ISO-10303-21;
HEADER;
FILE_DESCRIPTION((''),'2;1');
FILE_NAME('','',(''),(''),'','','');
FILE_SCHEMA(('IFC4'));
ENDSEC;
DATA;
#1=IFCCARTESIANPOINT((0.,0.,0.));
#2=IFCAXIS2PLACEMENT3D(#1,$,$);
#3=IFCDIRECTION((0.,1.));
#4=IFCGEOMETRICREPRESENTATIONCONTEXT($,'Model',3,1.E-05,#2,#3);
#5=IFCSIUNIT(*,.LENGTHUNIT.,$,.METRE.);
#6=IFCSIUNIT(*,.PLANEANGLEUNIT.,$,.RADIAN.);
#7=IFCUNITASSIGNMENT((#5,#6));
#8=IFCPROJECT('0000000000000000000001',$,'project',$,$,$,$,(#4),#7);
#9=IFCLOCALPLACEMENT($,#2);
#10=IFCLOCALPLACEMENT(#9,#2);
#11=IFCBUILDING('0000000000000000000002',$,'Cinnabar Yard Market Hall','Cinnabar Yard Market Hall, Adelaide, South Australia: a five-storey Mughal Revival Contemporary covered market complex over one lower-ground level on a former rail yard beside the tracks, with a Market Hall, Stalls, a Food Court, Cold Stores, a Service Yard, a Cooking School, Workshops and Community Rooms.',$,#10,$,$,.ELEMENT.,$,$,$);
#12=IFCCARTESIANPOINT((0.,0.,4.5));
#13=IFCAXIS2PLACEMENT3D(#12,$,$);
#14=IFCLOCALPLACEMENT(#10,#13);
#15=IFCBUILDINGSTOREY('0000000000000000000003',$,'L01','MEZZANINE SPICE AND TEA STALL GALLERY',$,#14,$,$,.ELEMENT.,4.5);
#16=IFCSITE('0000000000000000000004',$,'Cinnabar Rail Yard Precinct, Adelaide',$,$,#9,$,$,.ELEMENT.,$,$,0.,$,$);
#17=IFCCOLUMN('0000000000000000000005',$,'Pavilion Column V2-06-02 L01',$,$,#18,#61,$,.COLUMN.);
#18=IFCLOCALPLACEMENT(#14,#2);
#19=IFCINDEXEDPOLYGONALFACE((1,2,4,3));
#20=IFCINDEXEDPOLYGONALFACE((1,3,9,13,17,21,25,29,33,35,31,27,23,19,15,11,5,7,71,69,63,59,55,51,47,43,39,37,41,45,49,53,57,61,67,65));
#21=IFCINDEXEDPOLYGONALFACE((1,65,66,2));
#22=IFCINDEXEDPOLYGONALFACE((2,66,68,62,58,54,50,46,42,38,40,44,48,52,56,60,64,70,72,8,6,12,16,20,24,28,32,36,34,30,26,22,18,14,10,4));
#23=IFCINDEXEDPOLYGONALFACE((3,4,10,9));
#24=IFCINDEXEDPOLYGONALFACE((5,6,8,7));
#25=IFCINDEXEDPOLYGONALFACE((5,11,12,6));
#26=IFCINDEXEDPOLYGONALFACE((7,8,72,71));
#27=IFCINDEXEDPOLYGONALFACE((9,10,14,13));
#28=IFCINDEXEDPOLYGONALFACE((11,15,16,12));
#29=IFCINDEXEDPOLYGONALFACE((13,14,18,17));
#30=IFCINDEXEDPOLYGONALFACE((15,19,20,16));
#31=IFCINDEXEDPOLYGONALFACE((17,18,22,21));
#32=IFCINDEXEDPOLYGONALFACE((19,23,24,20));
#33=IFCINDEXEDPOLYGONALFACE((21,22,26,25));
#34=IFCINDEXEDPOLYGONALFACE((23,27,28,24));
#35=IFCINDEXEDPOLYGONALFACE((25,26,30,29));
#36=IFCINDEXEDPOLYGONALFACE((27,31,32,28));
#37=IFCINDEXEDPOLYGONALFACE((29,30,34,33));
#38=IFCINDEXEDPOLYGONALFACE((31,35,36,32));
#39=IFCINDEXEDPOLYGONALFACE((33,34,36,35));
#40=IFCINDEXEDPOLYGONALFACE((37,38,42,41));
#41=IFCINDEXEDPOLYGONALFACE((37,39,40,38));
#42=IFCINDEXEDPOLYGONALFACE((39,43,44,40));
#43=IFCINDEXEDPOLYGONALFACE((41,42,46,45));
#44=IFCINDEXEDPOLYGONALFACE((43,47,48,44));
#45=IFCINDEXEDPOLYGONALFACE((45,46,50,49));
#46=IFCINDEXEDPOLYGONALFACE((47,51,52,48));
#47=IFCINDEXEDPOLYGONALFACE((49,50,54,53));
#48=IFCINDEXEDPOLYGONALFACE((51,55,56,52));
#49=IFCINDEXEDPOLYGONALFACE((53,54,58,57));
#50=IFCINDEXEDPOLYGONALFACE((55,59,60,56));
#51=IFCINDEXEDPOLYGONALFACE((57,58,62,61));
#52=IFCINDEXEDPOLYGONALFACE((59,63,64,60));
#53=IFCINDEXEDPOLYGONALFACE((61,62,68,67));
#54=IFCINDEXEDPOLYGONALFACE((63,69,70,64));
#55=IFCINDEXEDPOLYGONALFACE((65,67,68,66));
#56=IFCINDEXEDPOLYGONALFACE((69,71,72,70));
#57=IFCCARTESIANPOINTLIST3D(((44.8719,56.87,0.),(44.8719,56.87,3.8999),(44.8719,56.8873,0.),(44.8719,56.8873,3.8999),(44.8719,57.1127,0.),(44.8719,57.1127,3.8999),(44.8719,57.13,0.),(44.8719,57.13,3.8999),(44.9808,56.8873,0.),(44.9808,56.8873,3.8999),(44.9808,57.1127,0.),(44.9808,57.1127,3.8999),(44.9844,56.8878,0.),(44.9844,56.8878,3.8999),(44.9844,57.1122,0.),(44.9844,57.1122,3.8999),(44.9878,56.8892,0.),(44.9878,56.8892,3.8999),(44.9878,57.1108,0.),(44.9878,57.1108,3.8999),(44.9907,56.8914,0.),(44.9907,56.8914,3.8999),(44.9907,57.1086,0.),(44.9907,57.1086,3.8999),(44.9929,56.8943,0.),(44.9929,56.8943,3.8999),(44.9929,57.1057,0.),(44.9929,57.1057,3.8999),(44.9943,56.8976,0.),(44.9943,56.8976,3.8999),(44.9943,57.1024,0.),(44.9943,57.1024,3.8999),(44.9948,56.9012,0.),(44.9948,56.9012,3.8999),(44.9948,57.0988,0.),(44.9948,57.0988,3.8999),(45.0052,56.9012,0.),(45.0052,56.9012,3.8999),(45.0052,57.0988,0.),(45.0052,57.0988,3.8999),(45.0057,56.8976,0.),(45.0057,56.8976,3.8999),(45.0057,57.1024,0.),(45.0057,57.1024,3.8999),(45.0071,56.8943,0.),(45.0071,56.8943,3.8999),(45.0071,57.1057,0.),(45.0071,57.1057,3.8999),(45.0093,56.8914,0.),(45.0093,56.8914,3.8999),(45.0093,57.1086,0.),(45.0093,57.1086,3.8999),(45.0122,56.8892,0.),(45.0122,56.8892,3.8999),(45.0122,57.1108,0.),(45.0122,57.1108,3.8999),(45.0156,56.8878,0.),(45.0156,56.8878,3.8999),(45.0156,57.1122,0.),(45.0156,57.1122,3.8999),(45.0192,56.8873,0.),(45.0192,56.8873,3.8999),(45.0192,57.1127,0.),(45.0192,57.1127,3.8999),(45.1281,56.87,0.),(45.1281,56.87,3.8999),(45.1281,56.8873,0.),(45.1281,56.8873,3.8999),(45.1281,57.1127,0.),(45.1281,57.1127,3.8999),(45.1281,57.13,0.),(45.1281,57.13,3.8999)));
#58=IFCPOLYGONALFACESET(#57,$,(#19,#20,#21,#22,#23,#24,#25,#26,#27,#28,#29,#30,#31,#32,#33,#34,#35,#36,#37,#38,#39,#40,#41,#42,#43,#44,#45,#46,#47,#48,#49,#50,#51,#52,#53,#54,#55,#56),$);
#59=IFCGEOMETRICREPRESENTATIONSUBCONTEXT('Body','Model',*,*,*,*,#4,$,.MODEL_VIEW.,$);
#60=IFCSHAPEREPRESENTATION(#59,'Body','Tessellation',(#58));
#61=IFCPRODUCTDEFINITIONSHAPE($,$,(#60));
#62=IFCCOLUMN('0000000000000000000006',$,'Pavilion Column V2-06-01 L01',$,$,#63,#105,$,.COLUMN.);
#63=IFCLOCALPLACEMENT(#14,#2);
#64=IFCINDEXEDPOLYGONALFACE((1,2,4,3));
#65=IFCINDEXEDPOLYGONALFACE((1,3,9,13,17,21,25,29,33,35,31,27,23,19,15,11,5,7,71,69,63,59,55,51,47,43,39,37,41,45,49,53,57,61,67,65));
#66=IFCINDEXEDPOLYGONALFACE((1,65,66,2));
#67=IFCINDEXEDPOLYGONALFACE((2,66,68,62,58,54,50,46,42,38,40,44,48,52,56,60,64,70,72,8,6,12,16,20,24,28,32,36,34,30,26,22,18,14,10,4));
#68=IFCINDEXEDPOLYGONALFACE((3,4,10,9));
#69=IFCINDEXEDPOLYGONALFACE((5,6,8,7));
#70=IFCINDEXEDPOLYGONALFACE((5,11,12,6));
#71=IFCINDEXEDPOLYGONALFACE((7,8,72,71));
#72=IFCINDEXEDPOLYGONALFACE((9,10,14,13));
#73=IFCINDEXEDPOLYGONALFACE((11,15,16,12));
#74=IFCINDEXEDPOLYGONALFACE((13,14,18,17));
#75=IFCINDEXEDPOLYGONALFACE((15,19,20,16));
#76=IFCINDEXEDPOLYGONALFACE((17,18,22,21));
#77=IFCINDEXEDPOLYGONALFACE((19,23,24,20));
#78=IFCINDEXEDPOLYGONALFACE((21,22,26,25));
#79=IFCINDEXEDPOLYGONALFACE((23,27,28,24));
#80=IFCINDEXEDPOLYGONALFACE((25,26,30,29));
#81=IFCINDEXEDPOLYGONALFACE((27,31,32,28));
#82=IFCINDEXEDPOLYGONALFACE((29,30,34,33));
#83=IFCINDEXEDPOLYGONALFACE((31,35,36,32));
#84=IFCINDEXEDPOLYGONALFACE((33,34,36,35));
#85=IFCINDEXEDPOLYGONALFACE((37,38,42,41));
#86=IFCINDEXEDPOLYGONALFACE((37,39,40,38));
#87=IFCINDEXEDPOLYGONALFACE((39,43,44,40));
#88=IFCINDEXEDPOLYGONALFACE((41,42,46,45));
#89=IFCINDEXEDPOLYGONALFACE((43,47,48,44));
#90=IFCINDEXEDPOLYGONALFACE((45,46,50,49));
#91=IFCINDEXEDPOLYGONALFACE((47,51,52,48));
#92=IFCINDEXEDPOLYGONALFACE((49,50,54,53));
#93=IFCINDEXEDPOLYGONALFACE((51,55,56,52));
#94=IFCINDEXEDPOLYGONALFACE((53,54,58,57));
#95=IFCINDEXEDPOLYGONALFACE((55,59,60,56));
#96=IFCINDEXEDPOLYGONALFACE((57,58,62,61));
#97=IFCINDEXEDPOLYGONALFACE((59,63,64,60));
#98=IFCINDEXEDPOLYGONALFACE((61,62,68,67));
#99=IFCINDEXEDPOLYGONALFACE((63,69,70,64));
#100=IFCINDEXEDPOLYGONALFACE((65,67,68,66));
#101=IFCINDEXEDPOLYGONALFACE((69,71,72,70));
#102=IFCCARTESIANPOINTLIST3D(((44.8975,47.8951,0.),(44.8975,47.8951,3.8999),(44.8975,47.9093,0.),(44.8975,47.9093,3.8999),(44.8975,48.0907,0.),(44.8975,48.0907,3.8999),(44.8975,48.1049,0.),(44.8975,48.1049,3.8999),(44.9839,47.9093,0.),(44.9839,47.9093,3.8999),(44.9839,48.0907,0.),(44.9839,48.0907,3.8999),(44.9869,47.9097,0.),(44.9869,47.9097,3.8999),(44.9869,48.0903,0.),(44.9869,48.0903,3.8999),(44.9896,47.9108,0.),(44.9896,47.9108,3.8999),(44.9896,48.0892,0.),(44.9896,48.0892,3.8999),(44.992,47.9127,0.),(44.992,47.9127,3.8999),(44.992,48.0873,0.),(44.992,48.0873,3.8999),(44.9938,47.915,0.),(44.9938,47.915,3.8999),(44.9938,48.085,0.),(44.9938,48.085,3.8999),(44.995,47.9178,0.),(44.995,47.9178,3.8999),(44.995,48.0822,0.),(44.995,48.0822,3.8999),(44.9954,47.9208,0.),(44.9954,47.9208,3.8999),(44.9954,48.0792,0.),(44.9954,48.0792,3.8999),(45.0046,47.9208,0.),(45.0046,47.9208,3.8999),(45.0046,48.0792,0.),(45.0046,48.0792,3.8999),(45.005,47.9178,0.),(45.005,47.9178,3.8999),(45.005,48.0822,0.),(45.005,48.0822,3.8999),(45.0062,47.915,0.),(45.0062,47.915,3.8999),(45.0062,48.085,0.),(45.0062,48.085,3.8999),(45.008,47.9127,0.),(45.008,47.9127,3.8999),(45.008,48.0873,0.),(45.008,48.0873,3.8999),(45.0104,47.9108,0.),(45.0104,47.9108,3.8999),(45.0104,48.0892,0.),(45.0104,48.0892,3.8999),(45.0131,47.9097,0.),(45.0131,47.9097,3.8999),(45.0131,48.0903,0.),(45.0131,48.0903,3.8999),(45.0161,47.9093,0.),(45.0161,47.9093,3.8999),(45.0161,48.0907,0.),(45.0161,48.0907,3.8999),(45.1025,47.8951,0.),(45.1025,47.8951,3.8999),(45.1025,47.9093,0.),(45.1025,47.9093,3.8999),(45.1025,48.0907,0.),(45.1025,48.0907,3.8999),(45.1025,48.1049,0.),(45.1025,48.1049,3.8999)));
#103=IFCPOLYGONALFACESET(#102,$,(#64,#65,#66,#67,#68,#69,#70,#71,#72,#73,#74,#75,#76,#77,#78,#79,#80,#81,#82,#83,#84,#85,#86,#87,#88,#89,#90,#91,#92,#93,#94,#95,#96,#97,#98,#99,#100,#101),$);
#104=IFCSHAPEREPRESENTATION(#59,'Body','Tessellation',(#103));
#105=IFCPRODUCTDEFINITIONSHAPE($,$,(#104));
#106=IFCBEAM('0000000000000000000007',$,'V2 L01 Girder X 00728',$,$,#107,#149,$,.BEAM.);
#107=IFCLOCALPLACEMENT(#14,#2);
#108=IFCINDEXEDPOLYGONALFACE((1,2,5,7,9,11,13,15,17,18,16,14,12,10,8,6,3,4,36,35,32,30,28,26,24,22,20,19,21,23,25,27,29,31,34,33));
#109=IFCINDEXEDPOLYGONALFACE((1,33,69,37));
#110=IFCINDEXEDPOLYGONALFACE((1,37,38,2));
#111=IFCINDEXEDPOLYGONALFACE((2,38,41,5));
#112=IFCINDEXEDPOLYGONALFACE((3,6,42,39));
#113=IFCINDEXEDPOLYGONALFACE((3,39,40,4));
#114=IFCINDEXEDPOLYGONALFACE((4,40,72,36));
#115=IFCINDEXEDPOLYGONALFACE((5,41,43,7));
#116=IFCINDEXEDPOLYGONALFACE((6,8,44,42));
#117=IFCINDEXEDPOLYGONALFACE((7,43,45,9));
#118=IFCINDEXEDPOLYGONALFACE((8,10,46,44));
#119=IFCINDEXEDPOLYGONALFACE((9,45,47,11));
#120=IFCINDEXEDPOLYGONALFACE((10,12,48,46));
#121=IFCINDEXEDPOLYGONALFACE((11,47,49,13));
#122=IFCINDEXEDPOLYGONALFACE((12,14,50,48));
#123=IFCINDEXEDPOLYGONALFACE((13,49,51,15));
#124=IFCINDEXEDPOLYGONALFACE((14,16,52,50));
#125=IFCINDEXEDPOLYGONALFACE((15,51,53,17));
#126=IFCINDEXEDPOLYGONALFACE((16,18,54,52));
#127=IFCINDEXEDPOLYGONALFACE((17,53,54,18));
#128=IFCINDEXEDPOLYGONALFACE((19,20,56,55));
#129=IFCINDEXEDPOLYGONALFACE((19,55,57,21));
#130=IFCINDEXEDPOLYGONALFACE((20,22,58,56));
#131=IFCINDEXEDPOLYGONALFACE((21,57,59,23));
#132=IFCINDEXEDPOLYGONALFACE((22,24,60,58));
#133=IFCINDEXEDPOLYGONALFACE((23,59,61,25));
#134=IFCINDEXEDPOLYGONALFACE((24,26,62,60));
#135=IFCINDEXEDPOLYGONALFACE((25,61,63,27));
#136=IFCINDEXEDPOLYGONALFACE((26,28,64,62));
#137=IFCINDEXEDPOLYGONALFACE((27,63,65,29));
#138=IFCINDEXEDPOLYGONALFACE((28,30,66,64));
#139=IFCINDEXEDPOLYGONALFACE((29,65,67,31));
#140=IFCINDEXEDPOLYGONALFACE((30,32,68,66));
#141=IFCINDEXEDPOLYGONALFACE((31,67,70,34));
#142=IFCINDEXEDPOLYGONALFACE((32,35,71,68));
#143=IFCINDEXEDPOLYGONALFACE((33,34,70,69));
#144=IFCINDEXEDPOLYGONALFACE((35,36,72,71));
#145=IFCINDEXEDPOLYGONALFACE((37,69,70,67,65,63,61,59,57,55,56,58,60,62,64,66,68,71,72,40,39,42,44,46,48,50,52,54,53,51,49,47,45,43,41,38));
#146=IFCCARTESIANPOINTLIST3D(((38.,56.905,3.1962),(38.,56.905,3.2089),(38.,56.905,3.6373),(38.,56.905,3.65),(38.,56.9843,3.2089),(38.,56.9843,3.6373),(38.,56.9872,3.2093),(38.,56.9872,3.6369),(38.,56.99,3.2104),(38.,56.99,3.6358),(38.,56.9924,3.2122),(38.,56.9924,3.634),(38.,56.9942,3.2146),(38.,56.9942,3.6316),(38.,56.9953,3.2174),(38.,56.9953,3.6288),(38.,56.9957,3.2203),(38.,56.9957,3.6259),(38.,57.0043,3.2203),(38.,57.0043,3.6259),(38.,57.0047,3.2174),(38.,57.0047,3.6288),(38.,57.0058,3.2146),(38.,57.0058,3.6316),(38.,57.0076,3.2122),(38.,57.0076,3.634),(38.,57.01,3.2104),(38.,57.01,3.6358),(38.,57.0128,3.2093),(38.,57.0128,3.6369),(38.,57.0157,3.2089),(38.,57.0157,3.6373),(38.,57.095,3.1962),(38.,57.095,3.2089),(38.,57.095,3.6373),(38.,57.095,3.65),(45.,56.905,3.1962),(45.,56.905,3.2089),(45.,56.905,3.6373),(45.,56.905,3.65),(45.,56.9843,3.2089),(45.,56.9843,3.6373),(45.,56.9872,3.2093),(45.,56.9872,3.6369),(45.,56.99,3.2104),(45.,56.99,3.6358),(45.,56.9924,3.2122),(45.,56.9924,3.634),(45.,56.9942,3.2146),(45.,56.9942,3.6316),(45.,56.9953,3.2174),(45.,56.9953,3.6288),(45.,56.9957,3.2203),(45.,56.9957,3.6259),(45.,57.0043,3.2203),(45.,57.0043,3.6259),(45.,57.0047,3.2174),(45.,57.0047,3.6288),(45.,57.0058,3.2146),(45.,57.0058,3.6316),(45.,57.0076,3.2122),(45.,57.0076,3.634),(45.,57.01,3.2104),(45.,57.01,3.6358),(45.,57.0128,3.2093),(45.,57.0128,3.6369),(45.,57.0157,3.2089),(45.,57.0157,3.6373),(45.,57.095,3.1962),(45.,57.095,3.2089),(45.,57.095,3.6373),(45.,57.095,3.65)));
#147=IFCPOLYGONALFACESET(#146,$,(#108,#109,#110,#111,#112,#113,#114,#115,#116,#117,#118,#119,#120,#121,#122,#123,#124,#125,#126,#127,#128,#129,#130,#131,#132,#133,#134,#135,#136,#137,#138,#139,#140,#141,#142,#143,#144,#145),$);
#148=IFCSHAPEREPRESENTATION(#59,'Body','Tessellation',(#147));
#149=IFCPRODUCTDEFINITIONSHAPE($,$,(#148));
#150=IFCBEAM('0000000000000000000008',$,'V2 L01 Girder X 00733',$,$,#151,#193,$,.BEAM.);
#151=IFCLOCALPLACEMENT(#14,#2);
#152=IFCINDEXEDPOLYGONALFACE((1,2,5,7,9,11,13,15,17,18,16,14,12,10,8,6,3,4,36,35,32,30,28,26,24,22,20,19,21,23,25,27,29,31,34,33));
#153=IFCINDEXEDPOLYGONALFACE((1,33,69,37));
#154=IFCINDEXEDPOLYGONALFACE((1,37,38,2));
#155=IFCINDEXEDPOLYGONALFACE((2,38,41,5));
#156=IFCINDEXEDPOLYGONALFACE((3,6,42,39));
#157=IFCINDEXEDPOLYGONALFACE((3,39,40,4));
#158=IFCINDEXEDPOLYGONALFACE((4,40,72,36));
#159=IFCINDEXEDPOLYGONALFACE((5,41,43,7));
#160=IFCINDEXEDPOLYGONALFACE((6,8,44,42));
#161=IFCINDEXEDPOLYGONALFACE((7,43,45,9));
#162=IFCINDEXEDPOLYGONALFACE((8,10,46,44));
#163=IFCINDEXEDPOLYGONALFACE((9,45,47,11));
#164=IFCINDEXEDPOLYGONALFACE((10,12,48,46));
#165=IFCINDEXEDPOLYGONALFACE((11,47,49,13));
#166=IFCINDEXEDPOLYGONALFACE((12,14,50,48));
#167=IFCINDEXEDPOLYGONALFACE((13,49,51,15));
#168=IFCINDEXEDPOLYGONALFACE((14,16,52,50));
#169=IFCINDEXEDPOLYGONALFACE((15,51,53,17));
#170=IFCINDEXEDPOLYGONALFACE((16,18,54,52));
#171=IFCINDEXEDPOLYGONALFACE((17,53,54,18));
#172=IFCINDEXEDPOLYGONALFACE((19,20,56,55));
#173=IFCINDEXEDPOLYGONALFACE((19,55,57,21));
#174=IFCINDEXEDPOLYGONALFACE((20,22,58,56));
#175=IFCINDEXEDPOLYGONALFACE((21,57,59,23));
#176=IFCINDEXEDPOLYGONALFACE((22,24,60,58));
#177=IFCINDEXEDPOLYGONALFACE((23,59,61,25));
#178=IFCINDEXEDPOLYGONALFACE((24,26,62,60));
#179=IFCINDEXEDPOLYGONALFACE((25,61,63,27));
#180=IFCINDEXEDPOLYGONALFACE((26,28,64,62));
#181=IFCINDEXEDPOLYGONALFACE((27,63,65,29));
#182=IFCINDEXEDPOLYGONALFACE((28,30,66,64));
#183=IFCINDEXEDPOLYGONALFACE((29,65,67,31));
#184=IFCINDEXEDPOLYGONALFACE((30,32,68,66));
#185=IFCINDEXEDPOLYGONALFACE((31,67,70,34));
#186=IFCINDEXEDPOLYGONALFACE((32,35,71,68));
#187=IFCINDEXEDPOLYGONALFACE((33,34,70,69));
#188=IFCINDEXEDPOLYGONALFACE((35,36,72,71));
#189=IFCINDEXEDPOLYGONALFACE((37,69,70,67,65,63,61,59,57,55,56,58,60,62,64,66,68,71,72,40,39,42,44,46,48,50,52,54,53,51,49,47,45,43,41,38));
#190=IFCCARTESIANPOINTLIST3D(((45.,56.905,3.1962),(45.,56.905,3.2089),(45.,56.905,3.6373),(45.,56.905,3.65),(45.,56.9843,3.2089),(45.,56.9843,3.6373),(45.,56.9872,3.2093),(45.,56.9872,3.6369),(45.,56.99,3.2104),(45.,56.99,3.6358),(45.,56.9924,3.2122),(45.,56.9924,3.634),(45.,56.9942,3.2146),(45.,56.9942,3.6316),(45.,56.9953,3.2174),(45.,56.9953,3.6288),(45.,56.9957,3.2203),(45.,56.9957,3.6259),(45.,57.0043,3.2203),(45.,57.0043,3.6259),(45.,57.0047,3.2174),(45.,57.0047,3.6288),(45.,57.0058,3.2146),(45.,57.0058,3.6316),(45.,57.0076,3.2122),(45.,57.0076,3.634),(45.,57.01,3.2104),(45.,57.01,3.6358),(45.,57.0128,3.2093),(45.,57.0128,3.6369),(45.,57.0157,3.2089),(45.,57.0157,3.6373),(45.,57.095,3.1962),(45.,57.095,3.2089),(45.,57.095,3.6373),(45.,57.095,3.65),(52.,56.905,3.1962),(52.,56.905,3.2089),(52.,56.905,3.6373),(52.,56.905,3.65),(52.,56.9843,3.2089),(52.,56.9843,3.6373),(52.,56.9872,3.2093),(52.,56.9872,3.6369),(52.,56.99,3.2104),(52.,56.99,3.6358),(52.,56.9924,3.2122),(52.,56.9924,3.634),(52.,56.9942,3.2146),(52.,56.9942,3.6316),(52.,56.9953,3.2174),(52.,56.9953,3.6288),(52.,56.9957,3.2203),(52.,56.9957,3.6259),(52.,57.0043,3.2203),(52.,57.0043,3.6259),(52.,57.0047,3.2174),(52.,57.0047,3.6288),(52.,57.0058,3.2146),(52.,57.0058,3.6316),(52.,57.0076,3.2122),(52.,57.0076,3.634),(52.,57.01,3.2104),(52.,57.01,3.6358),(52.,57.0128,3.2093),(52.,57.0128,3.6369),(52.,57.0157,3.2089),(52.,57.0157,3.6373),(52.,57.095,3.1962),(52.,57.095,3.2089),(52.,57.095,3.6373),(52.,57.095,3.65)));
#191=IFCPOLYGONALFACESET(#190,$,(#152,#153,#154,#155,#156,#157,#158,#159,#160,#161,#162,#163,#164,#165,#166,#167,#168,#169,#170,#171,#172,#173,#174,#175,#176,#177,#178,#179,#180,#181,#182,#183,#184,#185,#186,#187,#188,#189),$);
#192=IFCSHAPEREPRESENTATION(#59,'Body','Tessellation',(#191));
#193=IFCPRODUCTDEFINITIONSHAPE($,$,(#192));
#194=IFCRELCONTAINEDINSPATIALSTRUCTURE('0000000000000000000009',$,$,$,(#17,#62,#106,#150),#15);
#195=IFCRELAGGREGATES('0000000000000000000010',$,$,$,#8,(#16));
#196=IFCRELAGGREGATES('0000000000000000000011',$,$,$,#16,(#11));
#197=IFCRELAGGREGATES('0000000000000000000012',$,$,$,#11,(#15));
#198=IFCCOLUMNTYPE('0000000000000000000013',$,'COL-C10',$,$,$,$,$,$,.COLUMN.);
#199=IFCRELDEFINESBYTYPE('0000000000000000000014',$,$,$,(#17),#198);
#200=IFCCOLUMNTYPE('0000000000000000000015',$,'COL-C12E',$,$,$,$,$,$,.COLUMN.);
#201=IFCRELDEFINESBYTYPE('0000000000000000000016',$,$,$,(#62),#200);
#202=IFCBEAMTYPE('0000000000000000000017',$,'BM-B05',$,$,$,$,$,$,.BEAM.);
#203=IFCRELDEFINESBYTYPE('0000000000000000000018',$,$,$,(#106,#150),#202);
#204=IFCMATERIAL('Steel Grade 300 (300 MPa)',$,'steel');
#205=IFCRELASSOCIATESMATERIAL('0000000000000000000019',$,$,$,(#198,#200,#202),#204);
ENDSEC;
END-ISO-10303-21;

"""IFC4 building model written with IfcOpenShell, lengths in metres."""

from ifc_helpers import new_model, si_unit, direction, frame, origin, origin_2d_with_axis, place, context, subcontext, project, spatial, i_section, extrude, material, material_profile, profile_set, type_object, element, save


model = new_model("IFC4")

# Units and contexts
model_context = context("Model", 3, precision=1e-05, world=origin(), true_north=direction((0.0, 1.0)))
body_context = subcontext(model_context, "Body", "Model", "MODEL_VIEW")
ifc_project = project(units=[si_unit("LENGTHUNIT", "METRE"), si_unit("PLANEANGLEUNIT", "RADIAN")], contexts=[model_context])

# Site, building, storey
site_placement = place(None, origin())
site = spatial("IfcSite", under=ifc_project, at=site_placement, Name="Cinnabar Rail Yard Precinct, Adelaide", CompositionType="ELEMENT", RefElevation=0.0)
building_placement = place(site_placement, origin())
building = spatial("IfcBuilding", under=site, at=building_placement, Name="Cinnabar Yard Market Hall", Description="Cinnabar Yard Market Hall, Adelaide, South Australia: a five-storey Mughal Revival Contemporary covered market complex over one lower-ground level on a former rail yard beside the tracks, with a Market Hall, Stalls, a Food Court, Cold Stores, a Service Yard, a Cooking School, Workshops and Community Rooms.", CompositionType="ELEMENT")
storey_placement = place(building_placement, frame((0.0, 0.0, 4.5)))
storey = spatial("IfcBuildingStorey", under=building, at=storey_placement, Name="L01", Description="MEZZANINE SPICE AND TEA STALL GALLERY", CompositionType="ELEMENT", Elevation=4.5)

# Columns
ifc_material_1 = material(Name="Steel Grade 300 (300 MPa)", Category="steel")
ifc_material_profile_1 = material_profile(ifc_material_1, i_section(OverallWidth=0.2561, OverallDepth=0.26, WebThickness=0.0105, FlangeThickness=0.0173, FilletRadius=0.0139, at=origin_2d_with_axis()), Name="250UC89.5")
ifc_profile_set_1 = profile_set([ifc_material_profile_1], Name="Steel Grade 300 (300 MPa)")
column_type_1 = type_object("IfcColumnType", Name="COL-C10", PredefinedType="COLUMN", material=ifc_profile_set_1)
column_1_placement = place(storey_placement, frame((45.0, 57.0, 0.0), z_axis=(0.0, 0.0, 1.0), x_axis=(1.0, 0.0, 0.0)))
element("IfcColumn", 1, at=column_1_placement, inside=storey, type_object=column_type_1, Name="Pavilion Column V2-06-02 L01", PredefinedType="COLUMN", context=body_context, shape_type="SweptSolid", body=[
    extrude(i_section(OverallWidth=0.2561, OverallDepth=0.26, WebThickness=0.0105, FlangeThickness=0.0173, FilletRadius=0.0139, at=origin_2d_with_axis()), origin(), (0.0, 0.0, 1.0), 3.8999),
])
ifc_material_profile_2 = material_profile(ifc_material_1, i_section(OverallWidth=0.2051, OverallDepth=0.2097, WebThickness=0.0093, FlangeThickness=0.0142, FilletRadius=0.0115, at=origin_2d_with_axis()), Name="200UC59.5")
ifc_profile_set_2 = profile_set([ifc_material_profile_2], Name="Steel Grade 300 (300 MPa)")
column_type_2 = type_object("IfcColumnType", Name="COL-C12E", PredefinedType="COLUMN", material=ifc_profile_set_2)
column_2_placement = place(storey_placement, frame((45.0, 48.0, 0.0), z_axis=(0.0, 0.0, 1.0), x_axis=(1.0, 0.0, 0.0)))
element("IfcColumn", 2, at=column_2_placement, inside=storey, type_object=column_type_2, Name="Pavilion Column V2-06-01 L01", PredefinedType="COLUMN", context=body_context, shape_type="SweptSolid", body=[
    extrude(i_section(OverallWidth=0.2051, OverallDepth=0.2097, WebThickness=0.0093, FlangeThickness=0.0142, FilletRadius=0.0115, at=origin_2d_with_axis()), origin(), (0.0, 0.0, 1.0), 3.8999),
])

# Beams
ifc_material_profile_3 = material_profile(ifc_material_1, i_section(OverallWidth=0.1899, OverallDepth=0.4539, WebThickness=0.0085, FlangeThickness=0.0127, FilletRadius=0.0115, at=origin_2d_with_axis()), Name="460UB67.1")
ifc_profile_set_3 = profile_set([ifc_material_profile_3], Name="Steel Grade 300 (300 MPa)")
beam_type_1 = type_object("IfcBeamType", Name="BM-B05", PredefinedType="BEAM", material=ifc_profile_set_3)
for number, where, z_axis, x_axis, name in (
    (3, (38.0, 57.0, 3.4231), (1.0, 0.0, 0.0), (0.0, 1.0, 0.0), "V2 L01 Girder X 00728"),
    (4, (45.0, 57.0, 3.4231), (1.0, 0.0, 0.0), (0.0, 1.0, 0.0), "V2 L01 Girder X 00733"),
):
    element("IfcBeam", number, at=place(storey_placement, frame(where, z_axis=z_axis, x_axis=x_axis)), inside=storey, type_object=beam_type_1, Name=name, PredefinedType="BEAM", context=body_context, shape_type="SweptSolid", body=[
        extrude(i_section(OverallWidth=0.1899, OverallDepth=0.4539, WebThickness=0.0085, FlangeThickness=0.0127, FilletRadius=0.0115, at=origin_2d_with_axis()), origin(), (0.0, 0.0, 1.0), 7.0),
    ])

save(model, "model.ifc")
